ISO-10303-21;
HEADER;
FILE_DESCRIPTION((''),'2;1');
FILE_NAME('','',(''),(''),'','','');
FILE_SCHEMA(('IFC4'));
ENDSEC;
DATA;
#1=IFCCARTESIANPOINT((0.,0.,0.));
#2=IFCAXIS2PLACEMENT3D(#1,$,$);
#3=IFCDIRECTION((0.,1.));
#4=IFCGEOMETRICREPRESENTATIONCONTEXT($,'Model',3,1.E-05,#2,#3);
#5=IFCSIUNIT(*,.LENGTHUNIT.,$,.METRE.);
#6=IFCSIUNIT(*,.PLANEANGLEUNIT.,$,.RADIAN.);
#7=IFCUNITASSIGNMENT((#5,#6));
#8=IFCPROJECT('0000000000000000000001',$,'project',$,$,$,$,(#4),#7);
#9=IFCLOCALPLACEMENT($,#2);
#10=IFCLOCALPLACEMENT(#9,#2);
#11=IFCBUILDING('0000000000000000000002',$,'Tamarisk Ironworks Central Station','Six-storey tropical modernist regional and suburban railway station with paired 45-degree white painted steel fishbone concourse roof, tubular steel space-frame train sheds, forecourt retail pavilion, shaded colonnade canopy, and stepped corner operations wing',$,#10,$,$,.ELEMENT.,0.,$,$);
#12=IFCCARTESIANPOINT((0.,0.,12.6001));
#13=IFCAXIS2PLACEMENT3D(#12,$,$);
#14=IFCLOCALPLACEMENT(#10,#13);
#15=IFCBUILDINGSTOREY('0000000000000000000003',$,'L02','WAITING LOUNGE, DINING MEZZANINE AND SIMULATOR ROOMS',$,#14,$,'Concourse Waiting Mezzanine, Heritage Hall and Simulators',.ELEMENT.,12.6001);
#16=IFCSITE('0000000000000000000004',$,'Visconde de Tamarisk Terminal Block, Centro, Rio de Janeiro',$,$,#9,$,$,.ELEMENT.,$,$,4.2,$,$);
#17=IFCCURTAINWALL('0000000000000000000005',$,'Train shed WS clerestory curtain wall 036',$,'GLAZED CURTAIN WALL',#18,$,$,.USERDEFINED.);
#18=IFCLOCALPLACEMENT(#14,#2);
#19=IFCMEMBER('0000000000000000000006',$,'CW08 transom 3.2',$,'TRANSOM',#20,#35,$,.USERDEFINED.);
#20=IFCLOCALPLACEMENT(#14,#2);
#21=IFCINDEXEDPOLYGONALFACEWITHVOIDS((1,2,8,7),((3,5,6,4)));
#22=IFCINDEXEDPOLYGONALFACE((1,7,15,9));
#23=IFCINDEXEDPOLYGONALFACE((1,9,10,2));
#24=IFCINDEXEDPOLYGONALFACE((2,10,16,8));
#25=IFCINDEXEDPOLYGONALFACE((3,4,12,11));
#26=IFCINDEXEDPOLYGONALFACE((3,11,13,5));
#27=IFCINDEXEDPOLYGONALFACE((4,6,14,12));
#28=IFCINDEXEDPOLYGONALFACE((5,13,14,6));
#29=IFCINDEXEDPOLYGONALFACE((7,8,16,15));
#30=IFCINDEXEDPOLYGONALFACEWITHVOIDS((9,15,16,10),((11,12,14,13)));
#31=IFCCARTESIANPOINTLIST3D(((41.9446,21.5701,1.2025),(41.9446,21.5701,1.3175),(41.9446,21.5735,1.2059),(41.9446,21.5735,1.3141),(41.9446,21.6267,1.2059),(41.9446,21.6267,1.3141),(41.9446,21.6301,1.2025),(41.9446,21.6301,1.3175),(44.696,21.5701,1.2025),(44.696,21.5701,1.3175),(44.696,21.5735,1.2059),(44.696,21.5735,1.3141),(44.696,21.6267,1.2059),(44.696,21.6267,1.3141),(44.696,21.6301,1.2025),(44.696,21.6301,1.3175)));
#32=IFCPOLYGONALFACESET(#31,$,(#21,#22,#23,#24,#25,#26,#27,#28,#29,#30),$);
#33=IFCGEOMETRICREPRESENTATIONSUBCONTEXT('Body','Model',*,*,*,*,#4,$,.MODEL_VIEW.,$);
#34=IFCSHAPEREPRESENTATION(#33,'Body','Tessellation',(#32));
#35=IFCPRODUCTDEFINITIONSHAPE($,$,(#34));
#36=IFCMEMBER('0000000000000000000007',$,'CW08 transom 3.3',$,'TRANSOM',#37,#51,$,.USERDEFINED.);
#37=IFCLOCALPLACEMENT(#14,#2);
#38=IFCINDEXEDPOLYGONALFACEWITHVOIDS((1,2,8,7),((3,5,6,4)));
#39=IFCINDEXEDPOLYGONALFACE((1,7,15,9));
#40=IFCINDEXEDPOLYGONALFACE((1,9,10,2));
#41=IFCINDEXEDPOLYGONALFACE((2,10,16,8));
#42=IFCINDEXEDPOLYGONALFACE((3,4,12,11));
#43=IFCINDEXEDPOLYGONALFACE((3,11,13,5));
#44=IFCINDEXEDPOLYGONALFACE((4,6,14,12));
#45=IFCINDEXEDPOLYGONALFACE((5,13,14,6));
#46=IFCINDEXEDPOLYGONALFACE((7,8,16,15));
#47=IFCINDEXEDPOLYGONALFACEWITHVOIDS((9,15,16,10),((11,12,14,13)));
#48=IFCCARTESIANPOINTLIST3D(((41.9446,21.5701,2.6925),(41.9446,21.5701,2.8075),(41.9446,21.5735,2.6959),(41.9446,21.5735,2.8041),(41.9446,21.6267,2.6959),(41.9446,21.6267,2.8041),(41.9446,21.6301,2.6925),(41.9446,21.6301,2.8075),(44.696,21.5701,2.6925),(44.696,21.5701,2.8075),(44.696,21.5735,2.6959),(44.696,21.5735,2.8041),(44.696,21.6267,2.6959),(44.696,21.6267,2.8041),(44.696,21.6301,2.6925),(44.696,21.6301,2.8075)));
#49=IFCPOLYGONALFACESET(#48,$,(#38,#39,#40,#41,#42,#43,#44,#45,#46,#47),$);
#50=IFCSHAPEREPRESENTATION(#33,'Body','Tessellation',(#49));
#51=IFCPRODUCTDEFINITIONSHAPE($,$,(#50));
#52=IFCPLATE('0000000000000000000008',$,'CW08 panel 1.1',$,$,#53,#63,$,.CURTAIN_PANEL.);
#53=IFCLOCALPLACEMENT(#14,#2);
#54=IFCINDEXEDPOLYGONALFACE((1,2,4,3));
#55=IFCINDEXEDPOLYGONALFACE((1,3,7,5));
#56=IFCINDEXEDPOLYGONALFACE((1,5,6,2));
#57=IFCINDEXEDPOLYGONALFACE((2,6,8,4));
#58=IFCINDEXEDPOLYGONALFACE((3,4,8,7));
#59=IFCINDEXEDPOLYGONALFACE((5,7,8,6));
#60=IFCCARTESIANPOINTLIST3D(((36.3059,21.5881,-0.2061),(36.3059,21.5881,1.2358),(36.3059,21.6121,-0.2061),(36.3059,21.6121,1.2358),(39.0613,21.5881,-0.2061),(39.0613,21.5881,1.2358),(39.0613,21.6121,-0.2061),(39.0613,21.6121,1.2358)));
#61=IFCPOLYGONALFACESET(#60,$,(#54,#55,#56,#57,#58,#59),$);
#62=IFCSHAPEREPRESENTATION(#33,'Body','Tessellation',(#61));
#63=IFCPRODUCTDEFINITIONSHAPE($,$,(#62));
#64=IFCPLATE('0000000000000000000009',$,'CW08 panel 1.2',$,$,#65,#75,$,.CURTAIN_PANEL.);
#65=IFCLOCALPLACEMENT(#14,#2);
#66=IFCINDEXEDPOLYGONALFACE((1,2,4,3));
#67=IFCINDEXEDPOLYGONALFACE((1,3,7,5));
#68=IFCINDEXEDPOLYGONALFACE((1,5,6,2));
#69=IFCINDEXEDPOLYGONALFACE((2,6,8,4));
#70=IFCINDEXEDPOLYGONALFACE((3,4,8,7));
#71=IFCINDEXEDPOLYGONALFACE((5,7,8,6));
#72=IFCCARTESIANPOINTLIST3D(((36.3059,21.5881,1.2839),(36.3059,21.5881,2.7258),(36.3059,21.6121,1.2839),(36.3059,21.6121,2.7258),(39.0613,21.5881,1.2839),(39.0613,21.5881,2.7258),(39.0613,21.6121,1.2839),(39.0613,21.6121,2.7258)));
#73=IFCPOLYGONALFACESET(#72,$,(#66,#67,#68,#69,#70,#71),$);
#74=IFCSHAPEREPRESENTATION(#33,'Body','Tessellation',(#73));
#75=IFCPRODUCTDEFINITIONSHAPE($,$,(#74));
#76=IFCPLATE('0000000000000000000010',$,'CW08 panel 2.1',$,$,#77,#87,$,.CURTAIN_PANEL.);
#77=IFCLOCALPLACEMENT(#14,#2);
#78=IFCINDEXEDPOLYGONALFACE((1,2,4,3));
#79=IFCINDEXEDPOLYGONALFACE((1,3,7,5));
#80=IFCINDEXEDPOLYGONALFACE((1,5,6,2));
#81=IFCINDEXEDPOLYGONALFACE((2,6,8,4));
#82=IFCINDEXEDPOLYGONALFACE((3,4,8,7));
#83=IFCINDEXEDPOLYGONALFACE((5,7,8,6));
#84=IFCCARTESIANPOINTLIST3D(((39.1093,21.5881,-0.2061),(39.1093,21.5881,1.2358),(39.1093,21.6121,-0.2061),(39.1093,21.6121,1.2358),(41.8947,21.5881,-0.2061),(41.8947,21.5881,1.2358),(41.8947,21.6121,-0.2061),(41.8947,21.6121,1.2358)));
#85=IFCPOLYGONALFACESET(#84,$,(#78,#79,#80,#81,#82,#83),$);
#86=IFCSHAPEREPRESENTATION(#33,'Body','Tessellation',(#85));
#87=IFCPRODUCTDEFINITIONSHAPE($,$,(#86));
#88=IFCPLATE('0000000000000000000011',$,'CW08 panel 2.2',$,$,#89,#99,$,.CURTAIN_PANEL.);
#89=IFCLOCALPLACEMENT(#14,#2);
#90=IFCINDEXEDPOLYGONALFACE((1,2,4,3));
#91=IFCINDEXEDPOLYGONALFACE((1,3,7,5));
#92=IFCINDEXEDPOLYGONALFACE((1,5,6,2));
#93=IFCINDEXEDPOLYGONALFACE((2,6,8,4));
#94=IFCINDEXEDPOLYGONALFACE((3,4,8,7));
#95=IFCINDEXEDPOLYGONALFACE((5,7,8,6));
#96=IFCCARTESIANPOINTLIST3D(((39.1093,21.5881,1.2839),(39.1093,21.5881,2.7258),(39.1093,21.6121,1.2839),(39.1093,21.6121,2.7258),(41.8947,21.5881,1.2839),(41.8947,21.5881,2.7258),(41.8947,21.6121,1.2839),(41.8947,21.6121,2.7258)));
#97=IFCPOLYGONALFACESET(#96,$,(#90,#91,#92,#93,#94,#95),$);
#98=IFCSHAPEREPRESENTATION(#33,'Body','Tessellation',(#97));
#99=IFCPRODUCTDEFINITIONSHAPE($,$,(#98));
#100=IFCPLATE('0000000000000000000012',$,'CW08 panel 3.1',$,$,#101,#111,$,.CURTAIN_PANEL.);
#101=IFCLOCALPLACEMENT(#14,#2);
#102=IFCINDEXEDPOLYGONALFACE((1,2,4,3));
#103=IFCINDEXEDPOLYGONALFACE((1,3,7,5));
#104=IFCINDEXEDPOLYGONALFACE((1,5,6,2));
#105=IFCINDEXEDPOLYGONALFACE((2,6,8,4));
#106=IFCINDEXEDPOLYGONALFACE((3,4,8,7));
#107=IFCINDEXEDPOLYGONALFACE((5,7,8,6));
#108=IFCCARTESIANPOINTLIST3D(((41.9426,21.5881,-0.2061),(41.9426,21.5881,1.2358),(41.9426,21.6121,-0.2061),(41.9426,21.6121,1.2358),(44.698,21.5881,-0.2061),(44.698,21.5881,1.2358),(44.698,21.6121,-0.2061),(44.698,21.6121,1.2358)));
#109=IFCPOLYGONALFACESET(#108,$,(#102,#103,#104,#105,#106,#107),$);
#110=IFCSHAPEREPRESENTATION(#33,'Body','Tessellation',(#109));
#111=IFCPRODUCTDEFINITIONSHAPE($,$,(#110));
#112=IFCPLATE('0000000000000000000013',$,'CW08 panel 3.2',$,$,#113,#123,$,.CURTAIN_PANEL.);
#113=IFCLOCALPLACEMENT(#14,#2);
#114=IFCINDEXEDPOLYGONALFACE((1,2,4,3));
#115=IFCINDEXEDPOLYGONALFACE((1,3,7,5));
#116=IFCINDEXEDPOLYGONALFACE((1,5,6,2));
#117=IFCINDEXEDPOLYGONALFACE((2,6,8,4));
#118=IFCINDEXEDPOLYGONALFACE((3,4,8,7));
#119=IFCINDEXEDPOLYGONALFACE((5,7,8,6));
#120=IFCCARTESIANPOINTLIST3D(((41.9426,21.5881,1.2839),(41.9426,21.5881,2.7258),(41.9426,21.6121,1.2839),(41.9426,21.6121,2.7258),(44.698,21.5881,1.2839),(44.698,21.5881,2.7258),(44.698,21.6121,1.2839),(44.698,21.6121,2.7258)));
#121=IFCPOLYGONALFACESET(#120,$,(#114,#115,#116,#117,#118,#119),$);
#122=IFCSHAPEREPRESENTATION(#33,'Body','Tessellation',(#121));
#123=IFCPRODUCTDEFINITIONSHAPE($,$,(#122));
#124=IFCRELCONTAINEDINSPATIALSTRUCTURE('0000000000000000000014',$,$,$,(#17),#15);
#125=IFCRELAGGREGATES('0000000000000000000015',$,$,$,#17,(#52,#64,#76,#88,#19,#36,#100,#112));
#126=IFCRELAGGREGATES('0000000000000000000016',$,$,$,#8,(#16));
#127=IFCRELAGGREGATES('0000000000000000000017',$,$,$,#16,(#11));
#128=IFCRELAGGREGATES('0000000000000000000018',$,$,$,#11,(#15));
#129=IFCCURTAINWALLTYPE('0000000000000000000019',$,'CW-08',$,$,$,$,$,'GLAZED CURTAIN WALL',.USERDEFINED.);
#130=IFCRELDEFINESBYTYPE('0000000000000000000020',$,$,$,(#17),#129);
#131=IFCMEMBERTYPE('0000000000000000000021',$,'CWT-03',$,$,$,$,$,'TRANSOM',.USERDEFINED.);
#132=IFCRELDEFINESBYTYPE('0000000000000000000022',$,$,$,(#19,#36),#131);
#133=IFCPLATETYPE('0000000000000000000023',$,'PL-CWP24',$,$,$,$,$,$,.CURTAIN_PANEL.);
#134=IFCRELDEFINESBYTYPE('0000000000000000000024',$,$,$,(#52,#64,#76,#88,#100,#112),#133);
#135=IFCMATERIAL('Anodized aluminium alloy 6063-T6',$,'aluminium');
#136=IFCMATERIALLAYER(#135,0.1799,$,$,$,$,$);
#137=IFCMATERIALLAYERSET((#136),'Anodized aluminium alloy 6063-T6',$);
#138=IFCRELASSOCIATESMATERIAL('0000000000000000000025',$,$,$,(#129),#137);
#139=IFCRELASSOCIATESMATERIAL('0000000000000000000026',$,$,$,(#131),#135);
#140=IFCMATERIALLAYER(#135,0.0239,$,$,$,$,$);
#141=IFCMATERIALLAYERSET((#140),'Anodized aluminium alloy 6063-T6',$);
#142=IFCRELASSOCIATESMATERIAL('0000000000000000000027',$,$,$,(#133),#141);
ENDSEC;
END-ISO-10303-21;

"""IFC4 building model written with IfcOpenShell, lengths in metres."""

from ifc_helpers import new_model, si_unit, direction, frame, origin, origin_2d, place, context, subcontext, project, spatial, rectangle, hollow_rectangle, extrude, material, layer, layer_set, material_profile, profile_set, type_object, element, aggregate, save


model = new_model("IFC4")

# Units and contexts
model_context = context("Model", 3, precision=1e-05, world=origin(), true_north=direction((0.0, 1.0)))
body_context = subcontext(model_context, "Body", "Model", "MODEL_VIEW")
ifc_project = project(units=[si_unit("LENGTHUNIT", "METRE"), si_unit("PLANEANGLEUNIT", "RADIAN")], contexts=[model_context])

# Site, building, storey
site_placement = place(None, origin())
site = spatial("IfcSite", under=ifc_project, at=site_placement, Name="Visconde de Tamarisk Terminal Block, Centro, Rio de Janeiro", CompositionType="ELEMENT", RefElevation=4.2)
building_placement = place(site_placement, origin())
building = spatial("IfcBuilding", under=site, at=building_placement, Name="Tamarisk Ironworks Central Station", Description="Six-storey tropical modernist regional and suburban railway station with paired 45-degree white painted steel fishbone concourse roof, tubular steel space-frame train sheds, forecourt retail pavilion, shaded colonnade canopy, and stepped corner operations wing", CompositionType="ELEMENT", ElevationOfRefHeight=0.0)
storey_placement = place(building_placement, frame((0.0, 0.0, 12.6001)))
storey = spatial("IfcBuildingStorey", under=building, at=storey_placement, Name="L02", Description="WAITING LOUNGE, DINING MEZZANINE AND SIMULATOR ROOMS", LongName="Concourse Waiting Mezzanine, Heritage Hall and Simulators", CompositionType="ELEMENT", Elevation=12.6001)

# Curtain wall, members, plates
ifc_material_1 = material(Name="Anodized aluminium alloy 6063-T6", Category="aluminium")
ifc_layer_1 = layer(ifc_material_1, 0.1799)
ifc_layer_set_1 = layer_set([ifc_layer_1], Name="Anodized aluminium alloy 6063-T6")
curtain_wall_type = type_object("IfcCurtainWallType", Name="CW-08", ElementType="GLAZED CURTAIN WALL", PredefinedType="USERDEFINED", material=ifc_layer_set_1)
curtain_wall_placement = place(storey_placement, origin())
curtain_wall = element("IfcCurtainWall", 1, at=curtain_wall_placement, inside=storey, type_object=curtain_wall_type, Name="Train shed WS clerestory curtain wall 036", ObjectType="GLAZED CURTAIN WALL", PredefinedType="USERDEFINED")
ifc_material_profile_1 = material_profile(ifc_material_1, hollow_rectangle(XDim=0.0601, YDim=0.115, WallThickness=0.0034, at=origin_2d()), Name="ALUM 115x60")
ifc_profile_set_1 = profile_set([ifc_material_profile_1], Name="Anodized aluminium alloy 6063-T6")
member_type_1 = type_object("IfcMemberType", Name="CWT-03", ElementType="TRANSOM", PredefinedType="USERDEFINED", material=ifc_profile_set_1)
member_1_placement = place(storey_placement, frame((41.9446, 21.6001, 1.26), z_axis=(1.0, 0.0, 0.0), x_axis=(0.0, 1.0, 0.0)))
member_1 = element("IfcMember", 2, at=member_1_placement, type_object=member_type_1, Name="CW08 transom 3.2", ObjectType="TRANSOM", PredefinedType="USERDEFINED", context=body_context, shape_type="SweptSolid", body=[
    extrude(hollow_rectangle(XDim=0.0601, YDim=0.115, WallThickness=0.0034, at=origin_2d()), origin(), (0.0, 0.0, 1.0), 2.7515),
])
member_2_placement = place(storey_placement, frame((41.9446, 21.6001, 2.75), z_axis=(1.0, 0.0, 0.0), x_axis=(0.0, 1.0, 0.0)))
member_2 = element("IfcMember", 3, at=member_2_placement, type_object=member_type_1, Name="CW08 transom 3.3", ObjectType="TRANSOM", PredefinedType="USERDEFINED", context=body_context, shape_type="SweptSolid", body=[
    extrude(hollow_rectangle(XDim=0.0601, YDim=0.115, WallThickness=0.0034, at=origin_2d()), origin(), (0.0, 0.0, 1.0), 2.7515),
])
ifc_layer_2 = layer(ifc_material_1, 0.0239)
ifc_layer_set_2 = layer_set([ifc_layer_2], Name="Anodized aluminium alloy 6063-T6")
plate_type = type_object("IfcPlateType", Name="PL-CWP24", PredefinedType="CURTAIN_PANEL", material=ifc_layer_set_2)
plate_1_placement = place(storey_placement, frame((37.6836, 21.6001, -0.2061), z_axis=(0.0, 0.0, 1.0), x_axis=(1.0, 0.0, 0.0)))
plate_1 = element("IfcPlate", 4, at=plate_1_placement, type_object=plate_type, Name="CW08 panel 1.1", PredefinedType="CURTAIN_PANEL", context=body_context, shape_type="SweptSolid", body=[
    extrude(rectangle(XDim=2.7554, YDim=0.0239, at=origin_2d()), origin(), (0.0, 0.0, 1.0), 1.4419),
])
plate_2_placement = place(storey_placement, frame((37.6836, 21.6001, 1.2839), z_axis=(0.0, 0.0, 1.0), x_axis=(1.0, 0.0, 0.0)))
plate_2 = element("IfcPlate", 5, at=plate_2_placement, type_object=plate_type, Name="CW08 panel 1.2", PredefinedType="CURTAIN_PANEL", context=body_context, shape_type="SweptSolid", body=[
    extrude(rectangle(XDim=2.7554, YDim=0.0239, at=origin_2d()), origin(), (0.0, 0.0, 1.0), 1.4419),
])
plate_3_placement = place(storey_placement, frame((40.502, 21.6001, -0.2061), z_axis=(0.0, 0.0, 1.0), x_axis=(1.0, 0.0, 0.0)))
plate_3 = element("IfcPlate", 6, at=plate_3_placement, type_object=plate_type, Name="CW08 panel 2.1", PredefinedType="CURTAIN_PANEL", context=body_context, shape_type="SweptSolid", body=[
    extrude(rectangle(XDim=2.7854, YDim=0.0239, at=origin_2d()), origin(), (0.0, 0.0, 1.0), 1.4419),
])
plate_4_placement = place(storey_placement, frame((40.502, 21.6001, 1.2839), z_axis=(0.0, 0.0, 1.0), x_axis=(1.0, 0.0, 0.0)))
plate_4 = element("IfcPlate", 7, at=plate_4_placement, type_object=plate_type, Name="CW08 panel 2.2", PredefinedType="CURTAIN_PANEL", context=body_context, shape_type="SweptSolid", body=[
    extrude(rectangle(XDim=2.7854, YDim=0.0239, at=origin_2d()), origin(), (0.0, 0.0, 1.0), 1.4419),
])
plate_5_placement = place(storey_placement, frame((43.3203, 21.6001, -0.2061), z_axis=(0.0, 0.0, 1.0), x_axis=(1.0, 0.0, 0.0)))
plate_5 = element("IfcPlate", 8, at=plate_5_placement, type_object=plate_type, Name="CW08 panel 3.1", PredefinedType="CURTAIN_PANEL", context=body_context, shape_type="SweptSolid", body=[
    extrude(rectangle(XDim=2.7554, YDim=0.0239, at=origin_2d()), origin(), (0.0, 0.0, 1.0), 1.4419),
])
plate_6_placement = place(storey_placement, frame((43.3203, 21.6001, 1.2839), z_axis=(0.0, 0.0, 1.0), x_axis=(1.0, 0.0, 0.0)))
plate_6 = element("IfcPlate", 9, at=plate_6_placement, type_object=plate_type, Name="CW08 panel 3.2", PredefinedType="CURTAIN_PANEL", context=body_context, shape_type="SweptSolid", body=[
    extrude(rectangle(XDim=2.7554, YDim=0.0239, at=origin_2d()), origin(), (0.0, 0.0, 1.0), 1.4419),
])
aggregate(curtain_wall, [plate_1, plate_2, plate_3, plate_4, member_1, member_2, plate_5, plate_6])

save(model, "model.ifc")
